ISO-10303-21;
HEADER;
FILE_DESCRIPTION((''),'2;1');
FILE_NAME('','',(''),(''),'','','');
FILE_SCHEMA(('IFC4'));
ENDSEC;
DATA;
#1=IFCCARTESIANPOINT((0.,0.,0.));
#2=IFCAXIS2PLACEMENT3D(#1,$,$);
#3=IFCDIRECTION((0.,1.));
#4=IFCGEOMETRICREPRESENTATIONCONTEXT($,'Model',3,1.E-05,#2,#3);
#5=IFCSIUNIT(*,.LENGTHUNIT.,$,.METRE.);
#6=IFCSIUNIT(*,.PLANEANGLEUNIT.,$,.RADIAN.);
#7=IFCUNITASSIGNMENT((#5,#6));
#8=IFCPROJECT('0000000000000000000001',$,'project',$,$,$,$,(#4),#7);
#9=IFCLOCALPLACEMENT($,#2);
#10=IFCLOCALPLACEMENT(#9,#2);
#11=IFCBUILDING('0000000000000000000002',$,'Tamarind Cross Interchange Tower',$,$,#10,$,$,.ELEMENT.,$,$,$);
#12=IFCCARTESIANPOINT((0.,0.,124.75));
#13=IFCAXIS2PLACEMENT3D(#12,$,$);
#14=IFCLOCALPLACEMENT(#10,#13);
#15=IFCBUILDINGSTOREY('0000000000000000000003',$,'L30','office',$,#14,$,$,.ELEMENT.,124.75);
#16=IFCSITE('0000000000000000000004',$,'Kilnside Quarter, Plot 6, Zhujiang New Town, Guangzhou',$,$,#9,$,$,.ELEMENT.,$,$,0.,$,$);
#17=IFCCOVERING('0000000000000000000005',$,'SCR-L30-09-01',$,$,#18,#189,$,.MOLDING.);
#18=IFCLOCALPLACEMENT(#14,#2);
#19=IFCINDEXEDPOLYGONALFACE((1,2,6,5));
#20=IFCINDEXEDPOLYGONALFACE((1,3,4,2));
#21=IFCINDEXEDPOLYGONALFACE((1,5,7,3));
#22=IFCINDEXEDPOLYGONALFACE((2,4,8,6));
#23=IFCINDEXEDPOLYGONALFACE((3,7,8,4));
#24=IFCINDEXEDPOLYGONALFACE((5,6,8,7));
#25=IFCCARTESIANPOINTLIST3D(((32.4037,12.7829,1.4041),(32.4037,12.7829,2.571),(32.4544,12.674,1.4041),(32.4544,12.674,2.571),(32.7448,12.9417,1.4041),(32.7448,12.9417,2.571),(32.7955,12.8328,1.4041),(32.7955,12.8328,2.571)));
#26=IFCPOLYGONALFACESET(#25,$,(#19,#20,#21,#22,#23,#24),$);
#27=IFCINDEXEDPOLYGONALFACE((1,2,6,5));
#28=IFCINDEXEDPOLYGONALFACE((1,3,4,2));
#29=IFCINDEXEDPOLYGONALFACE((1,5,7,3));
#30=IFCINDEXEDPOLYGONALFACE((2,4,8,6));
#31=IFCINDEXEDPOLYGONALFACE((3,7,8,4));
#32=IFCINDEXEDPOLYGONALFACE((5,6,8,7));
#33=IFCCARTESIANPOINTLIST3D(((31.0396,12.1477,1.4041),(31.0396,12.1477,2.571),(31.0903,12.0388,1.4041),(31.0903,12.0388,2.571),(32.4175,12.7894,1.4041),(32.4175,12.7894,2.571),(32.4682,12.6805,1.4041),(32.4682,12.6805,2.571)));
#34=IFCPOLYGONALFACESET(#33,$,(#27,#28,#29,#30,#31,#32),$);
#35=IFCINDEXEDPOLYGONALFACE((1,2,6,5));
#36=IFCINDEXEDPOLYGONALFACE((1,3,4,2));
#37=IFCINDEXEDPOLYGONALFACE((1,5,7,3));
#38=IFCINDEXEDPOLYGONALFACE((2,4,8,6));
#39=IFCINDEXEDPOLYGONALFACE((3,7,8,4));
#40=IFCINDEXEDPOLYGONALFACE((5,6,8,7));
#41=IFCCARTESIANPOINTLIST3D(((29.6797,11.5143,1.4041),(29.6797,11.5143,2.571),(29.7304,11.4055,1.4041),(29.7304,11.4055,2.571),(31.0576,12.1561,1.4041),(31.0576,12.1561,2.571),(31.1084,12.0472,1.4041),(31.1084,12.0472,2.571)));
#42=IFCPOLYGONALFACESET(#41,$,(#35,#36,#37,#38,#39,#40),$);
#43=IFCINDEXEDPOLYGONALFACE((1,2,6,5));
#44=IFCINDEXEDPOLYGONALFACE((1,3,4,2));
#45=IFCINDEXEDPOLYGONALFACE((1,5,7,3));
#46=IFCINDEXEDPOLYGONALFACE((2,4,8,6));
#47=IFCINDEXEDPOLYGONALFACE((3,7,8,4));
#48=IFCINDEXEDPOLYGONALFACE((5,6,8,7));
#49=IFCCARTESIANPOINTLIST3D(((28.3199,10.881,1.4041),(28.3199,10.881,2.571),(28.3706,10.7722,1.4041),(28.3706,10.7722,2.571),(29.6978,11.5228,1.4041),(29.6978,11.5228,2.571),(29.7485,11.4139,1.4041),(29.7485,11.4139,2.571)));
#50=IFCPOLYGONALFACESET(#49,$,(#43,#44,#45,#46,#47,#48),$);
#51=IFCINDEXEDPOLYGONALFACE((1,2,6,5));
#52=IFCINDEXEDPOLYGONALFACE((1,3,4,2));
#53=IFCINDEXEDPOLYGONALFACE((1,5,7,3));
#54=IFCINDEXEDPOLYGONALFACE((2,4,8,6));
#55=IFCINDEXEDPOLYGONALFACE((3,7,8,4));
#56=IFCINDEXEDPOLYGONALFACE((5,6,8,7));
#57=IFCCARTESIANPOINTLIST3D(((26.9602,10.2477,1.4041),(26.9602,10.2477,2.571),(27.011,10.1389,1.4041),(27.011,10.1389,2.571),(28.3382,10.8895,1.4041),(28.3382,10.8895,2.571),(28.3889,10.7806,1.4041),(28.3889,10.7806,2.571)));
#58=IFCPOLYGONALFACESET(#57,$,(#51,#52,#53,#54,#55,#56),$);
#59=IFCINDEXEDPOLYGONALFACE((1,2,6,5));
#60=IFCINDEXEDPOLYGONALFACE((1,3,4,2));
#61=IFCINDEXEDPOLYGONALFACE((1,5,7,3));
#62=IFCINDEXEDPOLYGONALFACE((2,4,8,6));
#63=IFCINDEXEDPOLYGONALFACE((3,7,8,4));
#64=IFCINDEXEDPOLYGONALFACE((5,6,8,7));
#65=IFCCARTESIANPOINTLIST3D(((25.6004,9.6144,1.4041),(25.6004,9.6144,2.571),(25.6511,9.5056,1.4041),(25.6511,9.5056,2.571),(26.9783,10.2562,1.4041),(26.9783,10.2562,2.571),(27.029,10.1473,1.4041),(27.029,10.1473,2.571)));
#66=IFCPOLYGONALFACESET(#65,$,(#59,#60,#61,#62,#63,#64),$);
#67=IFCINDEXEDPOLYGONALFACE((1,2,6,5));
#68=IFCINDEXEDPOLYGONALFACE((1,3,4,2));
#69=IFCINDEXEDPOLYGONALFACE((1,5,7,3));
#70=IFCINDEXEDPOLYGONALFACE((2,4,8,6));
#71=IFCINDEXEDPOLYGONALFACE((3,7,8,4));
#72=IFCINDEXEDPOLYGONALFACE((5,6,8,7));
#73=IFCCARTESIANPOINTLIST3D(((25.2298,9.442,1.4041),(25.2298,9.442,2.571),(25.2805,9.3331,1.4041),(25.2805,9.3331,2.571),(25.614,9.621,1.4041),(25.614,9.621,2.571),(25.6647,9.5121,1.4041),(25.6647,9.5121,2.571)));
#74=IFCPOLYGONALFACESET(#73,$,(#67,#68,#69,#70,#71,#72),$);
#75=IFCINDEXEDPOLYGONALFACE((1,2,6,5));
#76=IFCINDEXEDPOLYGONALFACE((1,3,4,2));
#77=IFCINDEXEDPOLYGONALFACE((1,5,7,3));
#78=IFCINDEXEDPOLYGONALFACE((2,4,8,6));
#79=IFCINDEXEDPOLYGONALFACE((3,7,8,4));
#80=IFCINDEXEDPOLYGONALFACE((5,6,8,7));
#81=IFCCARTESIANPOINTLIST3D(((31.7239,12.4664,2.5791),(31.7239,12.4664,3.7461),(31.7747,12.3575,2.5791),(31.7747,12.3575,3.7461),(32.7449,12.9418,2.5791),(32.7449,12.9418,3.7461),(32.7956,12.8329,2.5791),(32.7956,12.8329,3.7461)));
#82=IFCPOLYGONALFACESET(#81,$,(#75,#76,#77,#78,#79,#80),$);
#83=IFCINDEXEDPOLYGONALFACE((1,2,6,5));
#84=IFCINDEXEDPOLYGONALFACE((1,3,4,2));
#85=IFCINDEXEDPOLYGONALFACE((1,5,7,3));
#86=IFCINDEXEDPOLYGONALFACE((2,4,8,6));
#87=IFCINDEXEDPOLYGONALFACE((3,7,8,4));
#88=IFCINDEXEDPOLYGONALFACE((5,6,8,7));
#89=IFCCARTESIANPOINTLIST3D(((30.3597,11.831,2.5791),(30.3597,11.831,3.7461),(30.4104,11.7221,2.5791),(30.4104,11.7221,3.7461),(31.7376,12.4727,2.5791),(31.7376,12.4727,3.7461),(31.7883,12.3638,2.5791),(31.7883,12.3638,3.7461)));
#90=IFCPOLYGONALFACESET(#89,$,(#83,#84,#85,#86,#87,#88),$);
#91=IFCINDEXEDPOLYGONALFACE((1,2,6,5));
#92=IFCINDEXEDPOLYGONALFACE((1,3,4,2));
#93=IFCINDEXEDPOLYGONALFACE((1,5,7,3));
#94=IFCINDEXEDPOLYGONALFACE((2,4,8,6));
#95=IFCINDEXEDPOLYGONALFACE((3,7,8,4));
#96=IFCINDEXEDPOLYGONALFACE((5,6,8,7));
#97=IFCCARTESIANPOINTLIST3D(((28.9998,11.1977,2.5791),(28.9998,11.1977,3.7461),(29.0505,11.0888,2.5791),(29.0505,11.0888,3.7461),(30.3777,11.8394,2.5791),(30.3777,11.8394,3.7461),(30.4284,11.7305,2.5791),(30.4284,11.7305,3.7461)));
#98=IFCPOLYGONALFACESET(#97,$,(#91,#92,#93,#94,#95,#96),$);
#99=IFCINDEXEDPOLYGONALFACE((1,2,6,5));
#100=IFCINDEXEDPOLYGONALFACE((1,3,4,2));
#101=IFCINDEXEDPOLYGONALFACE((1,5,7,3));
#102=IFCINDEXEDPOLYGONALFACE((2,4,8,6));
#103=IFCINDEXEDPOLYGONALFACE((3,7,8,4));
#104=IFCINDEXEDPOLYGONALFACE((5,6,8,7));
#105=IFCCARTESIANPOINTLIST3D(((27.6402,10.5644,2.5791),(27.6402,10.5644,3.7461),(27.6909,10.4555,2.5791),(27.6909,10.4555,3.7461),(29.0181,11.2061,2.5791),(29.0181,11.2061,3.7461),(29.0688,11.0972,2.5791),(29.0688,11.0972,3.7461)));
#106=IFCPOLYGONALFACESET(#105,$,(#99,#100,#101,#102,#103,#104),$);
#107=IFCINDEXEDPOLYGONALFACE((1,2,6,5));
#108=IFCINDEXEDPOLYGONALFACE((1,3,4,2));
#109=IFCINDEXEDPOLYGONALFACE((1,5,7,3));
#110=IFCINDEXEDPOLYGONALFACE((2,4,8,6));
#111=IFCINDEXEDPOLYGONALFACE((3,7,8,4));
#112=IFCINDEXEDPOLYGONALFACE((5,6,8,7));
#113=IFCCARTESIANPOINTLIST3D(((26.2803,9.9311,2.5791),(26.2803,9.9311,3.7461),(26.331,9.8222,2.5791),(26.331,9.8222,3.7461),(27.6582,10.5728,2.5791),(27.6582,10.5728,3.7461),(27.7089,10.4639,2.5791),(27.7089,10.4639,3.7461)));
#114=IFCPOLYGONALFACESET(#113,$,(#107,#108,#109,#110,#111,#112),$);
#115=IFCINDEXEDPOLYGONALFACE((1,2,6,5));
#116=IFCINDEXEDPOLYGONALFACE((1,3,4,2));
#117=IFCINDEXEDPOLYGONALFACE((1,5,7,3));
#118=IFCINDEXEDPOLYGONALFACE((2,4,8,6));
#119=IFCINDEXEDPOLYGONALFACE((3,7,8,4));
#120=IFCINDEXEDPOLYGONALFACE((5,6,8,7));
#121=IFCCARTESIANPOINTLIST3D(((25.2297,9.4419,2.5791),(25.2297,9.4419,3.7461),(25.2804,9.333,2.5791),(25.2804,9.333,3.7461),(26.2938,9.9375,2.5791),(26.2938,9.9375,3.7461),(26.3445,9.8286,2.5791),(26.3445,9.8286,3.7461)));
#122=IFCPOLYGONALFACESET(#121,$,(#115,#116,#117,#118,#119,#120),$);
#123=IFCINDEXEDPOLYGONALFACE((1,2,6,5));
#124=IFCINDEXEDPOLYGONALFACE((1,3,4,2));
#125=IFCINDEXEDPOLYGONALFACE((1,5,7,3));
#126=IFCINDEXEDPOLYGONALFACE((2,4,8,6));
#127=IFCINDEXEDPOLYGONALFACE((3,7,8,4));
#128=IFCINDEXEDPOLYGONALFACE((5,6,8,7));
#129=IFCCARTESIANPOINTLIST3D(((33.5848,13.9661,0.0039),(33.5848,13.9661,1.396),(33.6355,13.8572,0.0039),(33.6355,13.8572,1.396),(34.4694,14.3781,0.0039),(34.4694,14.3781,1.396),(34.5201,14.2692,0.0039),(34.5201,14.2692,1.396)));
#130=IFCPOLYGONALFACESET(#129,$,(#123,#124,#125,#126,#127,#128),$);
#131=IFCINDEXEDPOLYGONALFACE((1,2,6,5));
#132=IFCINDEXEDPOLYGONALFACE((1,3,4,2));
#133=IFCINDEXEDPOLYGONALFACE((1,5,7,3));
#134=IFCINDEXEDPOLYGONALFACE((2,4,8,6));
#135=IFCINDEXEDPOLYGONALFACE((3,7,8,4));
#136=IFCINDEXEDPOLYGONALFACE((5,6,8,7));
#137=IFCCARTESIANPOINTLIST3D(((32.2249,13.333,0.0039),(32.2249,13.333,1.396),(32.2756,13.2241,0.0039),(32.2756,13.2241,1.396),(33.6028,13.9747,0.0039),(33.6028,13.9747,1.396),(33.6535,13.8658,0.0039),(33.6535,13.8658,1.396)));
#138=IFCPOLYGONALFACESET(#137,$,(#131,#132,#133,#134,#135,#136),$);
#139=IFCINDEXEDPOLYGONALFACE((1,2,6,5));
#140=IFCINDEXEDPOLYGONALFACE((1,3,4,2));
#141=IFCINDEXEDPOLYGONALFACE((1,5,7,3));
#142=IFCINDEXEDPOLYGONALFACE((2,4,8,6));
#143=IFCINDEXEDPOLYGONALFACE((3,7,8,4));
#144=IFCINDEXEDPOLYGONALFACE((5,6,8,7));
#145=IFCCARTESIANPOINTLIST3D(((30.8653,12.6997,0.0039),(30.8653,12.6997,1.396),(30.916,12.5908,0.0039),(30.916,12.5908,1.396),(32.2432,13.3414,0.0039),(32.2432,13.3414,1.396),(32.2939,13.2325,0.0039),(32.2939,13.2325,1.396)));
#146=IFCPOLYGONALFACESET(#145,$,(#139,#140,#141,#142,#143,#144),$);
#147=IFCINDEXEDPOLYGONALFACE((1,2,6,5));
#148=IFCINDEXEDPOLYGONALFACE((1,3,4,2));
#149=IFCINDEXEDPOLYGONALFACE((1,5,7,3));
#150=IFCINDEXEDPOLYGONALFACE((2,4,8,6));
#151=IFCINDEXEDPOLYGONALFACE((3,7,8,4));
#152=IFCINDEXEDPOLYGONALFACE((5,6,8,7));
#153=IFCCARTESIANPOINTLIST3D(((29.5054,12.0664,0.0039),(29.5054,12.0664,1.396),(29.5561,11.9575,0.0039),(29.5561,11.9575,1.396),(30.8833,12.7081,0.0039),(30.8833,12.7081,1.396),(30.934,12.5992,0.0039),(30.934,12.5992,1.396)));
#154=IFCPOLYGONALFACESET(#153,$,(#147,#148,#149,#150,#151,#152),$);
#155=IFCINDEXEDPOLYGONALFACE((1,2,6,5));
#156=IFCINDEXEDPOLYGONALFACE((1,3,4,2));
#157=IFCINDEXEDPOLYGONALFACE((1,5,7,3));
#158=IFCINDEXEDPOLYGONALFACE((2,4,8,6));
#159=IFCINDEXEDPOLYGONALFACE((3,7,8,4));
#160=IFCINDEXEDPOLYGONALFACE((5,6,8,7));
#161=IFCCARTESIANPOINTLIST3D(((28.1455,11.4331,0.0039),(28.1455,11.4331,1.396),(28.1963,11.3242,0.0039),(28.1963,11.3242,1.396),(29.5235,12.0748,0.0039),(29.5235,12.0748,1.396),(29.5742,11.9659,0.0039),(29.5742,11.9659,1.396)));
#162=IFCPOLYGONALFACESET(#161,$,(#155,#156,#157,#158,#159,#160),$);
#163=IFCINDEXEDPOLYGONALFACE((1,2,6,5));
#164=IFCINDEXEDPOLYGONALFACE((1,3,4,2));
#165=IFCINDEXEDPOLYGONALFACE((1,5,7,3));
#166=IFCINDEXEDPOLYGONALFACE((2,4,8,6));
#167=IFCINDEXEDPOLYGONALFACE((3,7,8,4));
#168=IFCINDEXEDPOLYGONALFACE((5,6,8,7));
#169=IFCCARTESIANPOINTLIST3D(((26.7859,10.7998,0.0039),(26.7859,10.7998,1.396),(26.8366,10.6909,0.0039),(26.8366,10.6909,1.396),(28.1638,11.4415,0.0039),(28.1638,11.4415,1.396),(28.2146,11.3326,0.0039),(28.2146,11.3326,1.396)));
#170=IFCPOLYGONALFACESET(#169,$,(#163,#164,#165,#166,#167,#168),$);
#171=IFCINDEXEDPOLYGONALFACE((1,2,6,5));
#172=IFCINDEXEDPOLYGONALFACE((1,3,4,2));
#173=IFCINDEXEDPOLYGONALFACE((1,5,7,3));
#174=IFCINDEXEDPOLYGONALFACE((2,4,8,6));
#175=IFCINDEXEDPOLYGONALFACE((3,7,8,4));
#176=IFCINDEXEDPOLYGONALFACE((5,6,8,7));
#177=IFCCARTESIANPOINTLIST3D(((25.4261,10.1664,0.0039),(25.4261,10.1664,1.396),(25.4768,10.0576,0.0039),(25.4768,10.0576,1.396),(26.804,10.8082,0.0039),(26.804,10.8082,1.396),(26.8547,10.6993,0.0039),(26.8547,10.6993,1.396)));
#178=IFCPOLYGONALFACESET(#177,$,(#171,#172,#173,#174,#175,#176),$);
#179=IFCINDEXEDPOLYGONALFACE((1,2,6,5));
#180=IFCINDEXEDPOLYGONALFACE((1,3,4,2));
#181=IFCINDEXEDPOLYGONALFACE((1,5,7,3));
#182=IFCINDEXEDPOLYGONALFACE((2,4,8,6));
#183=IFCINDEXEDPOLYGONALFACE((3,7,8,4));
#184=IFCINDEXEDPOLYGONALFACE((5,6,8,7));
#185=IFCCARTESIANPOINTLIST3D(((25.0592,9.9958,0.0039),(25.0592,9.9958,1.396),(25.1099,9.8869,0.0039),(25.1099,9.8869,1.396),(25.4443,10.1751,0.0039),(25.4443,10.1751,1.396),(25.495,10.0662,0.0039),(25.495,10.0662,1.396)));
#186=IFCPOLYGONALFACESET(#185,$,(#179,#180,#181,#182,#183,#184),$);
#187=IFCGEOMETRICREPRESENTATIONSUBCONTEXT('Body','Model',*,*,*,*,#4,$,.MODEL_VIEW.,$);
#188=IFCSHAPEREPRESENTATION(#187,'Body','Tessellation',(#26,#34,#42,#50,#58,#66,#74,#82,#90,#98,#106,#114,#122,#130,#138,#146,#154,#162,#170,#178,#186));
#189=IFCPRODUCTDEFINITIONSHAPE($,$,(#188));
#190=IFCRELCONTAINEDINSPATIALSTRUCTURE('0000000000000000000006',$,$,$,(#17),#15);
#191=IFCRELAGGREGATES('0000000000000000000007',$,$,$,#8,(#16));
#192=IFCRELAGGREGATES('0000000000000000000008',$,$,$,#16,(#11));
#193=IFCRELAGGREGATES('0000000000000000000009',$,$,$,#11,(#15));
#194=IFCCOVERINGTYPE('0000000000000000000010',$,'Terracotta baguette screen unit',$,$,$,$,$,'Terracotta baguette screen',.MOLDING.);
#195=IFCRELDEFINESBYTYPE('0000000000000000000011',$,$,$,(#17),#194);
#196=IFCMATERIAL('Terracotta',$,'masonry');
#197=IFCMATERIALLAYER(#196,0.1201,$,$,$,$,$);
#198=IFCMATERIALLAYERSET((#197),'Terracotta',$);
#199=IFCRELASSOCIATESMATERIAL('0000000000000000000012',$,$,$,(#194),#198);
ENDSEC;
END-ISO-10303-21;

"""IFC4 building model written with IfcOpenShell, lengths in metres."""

from ifc_helpers import new_model, si_unit, direction, frame, origin, origin_2d, place, context, subcontext, project, spatial, rectangle, extrude, material, layer, layer_set, type_object, element, save


model = new_model("IFC4")

# Units and contexts
model_context = context("Model", 3, precision=1e-05, world=origin(), true_north=direction((0.0, 1.0)))
body_context = subcontext(model_context, "Body", "Model", "MODEL_VIEW")
ifc_project = project(units=[si_unit("LENGTHUNIT", "METRE"), si_unit("PLANEANGLEUNIT", "RADIAN")], contexts=[model_context])

# Site, building, storey
site_placement = place(None, origin())
site = spatial("IfcSite", under=ifc_project, at=site_placement, Name="Kilnside Quarter, Plot 6, Zhujiang New Town, Guangzhou", CompositionType="ELEMENT", RefElevation=0.0)
building_placement = place(site_placement, origin())
building = spatial("IfcBuilding", under=site, at=building_placement, Name="Tamarind Cross Interchange Tower", CompositionType="ELEMENT")
storey_placement = place(building_placement, frame((0.0, 0.0, 124.75)))
storey = spatial("IfcBuildingStorey", under=building, at=storey_placement, Name="L30", Description="office", CompositionType="ELEMENT", Elevation=124.75)

# Covering
ifc_material_1 = material(Name="Terracotta", Category="masonry")
ifc_layer_1 = layer(ifc_material_1, 0.1201)
ifc_layer_set_1 = layer_set([ifc_layer_1], Name="Terracotta")
covering_type = type_object("IfcCoveringType", Name="Terracotta baguette screen unit", ElementType="Terracotta baguette screen", PredefinedType="MOLDING", material=ifc_layer_set_1)
covering_1_placement = place(storey_placement, origin())
element("IfcCovering", 1, at=covering_1_placement, inside=storey, type_object=covering_type, Name="SCR-L30-09-01", PredefinedType="MOLDING", context=body_context, shape_type="SweptSolid", body=[
    extrude(rectangle(XDim=0.3762, YDim=0.1201, at=origin_2d()), frame((32.5996, 12.8079, 1.4041), z_axis=(0.0, 0.0, 1.0), x_axis=(-0.906515, -0.422174, 0.0)), (0.0, 0.0, 1.0), 1.167),
    extrude(rectangle(XDim=1.52, YDim=0.1201, at=origin_2d()), frame((31.7539, 12.4141, 1.4041), z_axis=(0.0, 0.0, 1.0), x_axis=(-0.906515, -0.422174, 0.0)), (0.0, 0.0, 1.0), 1.167),
    extrude(rectangle(XDim=1.52, YDim=0.1201, at=origin_2d()), frame((30.394, 11.7808, 1.4041), z_axis=(0.0, 0.0, 1.0), x_axis=(-0.906515, -0.422174, 0.0)), (0.0, 0.0, 1.0), 1.167),
    extrude(rectangle(XDim=1.52, YDim=0.1201, at=origin_2d()), frame((29.0342, 11.1475, 1.4041), z_axis=(0.0, 0.0, 1.0), x_axis=(-0.906515, -0.422174, 0.0)), (0.0, 0.0, 1.0), 1.167),
    extrude(rectangle(XDim=1.52, YDim=0.1201, at=origin_2d()), frame((27.6746, 10.5142, 1.4041), z_axis=(0.0, 0.0, 1.0), x_axis=(-0.906515, -0.422174, 0.0)), (0.0, 0.0, 1.0), 1.167),
    extrude(rectangle(XDim=1.52, YDim=0.1201, at=origin_2d()), frame((26.3147, 9.8809, 1.4041), z_axis=(0.0, 0.0, 1.0), x_axis=(-0.906515, -0.422174, 0.0)), (0.0, 0.0, 1.0), 1.167),
    extrude(rectangle(XDim=0.4238, YDim=0.1201, at=origin_2d()), frame((25.4473, 9.4771, 1.4041), z_axis=(0.0, 0.0, 1.0), x_axis=(-0.906515, -0.422174, 0.0)), (0.0, 0.0, 1.0), 1.167),
    extrude(rectangle(XDim=1.1262, YDim=0.1201, at=origin_2d()), frame((32.2598, 12.6497, 2.5791), z_axis=(0.0, 0.0, 1.0), x_axis=(-0.906515, -0.422174, 0.0)), (0.0, 0.0, 1.0), 1.167),
    extrude(rectangle(XDim=1.52, YDim=0.1201, at=origin_2d()), frame((31.074, 12.0974, 2.5791), z_axis=(0.0, 0.0, 1.0), x_axis=(-0.906515, -0.422174, 0.0)), (0.0, 0.0, 1.0), 1.167),
    extrude(rectangle(XDim=1.52, YDim=0.1201, at=origin_2d()), frame((29.7141, 11.4641, 2.5791), z_axis=(0.0, 0.0, 1.0), x_axis=(-0.906515, -0.422174, 0.0)), (0.0, 0.0, 1.0), 1.167),
    extrude(rectangle(XDim=1.52, YDim=0.1201, at=origin_2d()), frame((28.3545, 10.8308, 2.5791), z_axis=(0.0, 0.0, 1.0), x_axis=(-0.906515, -0.422174, 0.0)), (0.0, 0.0, 1.0), 1.167),
    extrude(rectangle(XDim=1.52, YDim=0.1201, at=origin_2d()), frame((26.9946, 10.1975, 2.5791), z_axis=(0.0, 0.0, 1.0), x_axis=(-0.906515, -0.422174, 0.0)), (0.0, 0.0, 1.0), 1.167),
    extrude(rectangle(XDim=1.1738, YDim=0.1201, at=origin_2d()), frame((25.7871, 9.6353, 2.5791), z_axis=(0.0, 0.0, 1.0), x_axis=(-0.906515, -0.422174, 0.0)), (0.0, 0.0, 1.0), 1.167),
    extrude(rectangle(XDim=0.9758, YDim=0.1201, at=origin_2d()), frame((34.0525, 14.1177, 0.0039), z_axis=(0.0, 0.0, 1.0), x_axis=(-0.906515, -0.422174, 0.0)), (0.0, 0.0, 1.0), 1.3921),
    extrude(rectangle(XDim=1.52, YDim=0.1201, at=origin_2d()), frame((32.9392, 13.5994, 0.0039), z_axis=(0.0, 0.0, 1.0), x_axis=(-0.906515, -0.422174, 0.0)), (0.0, 0.0, 1.0), 1.3921),
    extrude(rectangle(XDim=1.52, YDim=0.1201, at=origin_2d()), frame((31.5796, 12.9661, 0.0039), z_axis=(0.0, 0.0, 1.0), x_axis=(-0.906515, -0.422174, 0.0)), (0.0, 0.0, 1.0), 1.3921),
    extrude(rectangle(XDim=1.52, YDim=0.1201, at=origin_2d()), frame((30.2197, 12.3328, 0.0039), z_axis=(0.0, 0.0, 1.0), x_axis=(-0.906515, -0.422174, 0.0)), (0.0, 0.0, 1.0), 1.3921),
    extrude(rectangle(XDim=1.52, YDim=0.1201, at=origin_2d()), frame((28.8599, 11.6995, 0.0039), z_axis=(0.0, 0.0, 1.0), x_axis=(-0.906515, -0.422174, 0.0)), (0.0, 0.0, 1.0), 1.3921),
    extrude(rectangle(XDim=1.52, YDim=0.1201, at=origin_2d()), frame((27.5002, 11.0662, 0.0039), z_axis=(0.0, 0.0, 1.0), x_axis=(-0.906515, -0.422174, 0.0)), (0.0, 0.0, 1.0), 1.3921),
    extrude(rectangle(XDim=1.52, YDim=0.1201, at=origin_2d()), frame((26.1404, 10.4329, 0.0039), z_axis=(0.0, 0.0, 1.0), x_axis=(-0.906515, -0.422174, 0.0)), (0.0, 0.0, 1.0), 1.3921),
    extrude(rectangle(XDim=0.4248, YDim=0.1201, at=origin_2d()), frame((25.2771, 10.031, 0.0039), z_axis=(0.0, 0.0, 1.0), x_axis=(-0.906515, -0.422174, 0.0)), (0.0, 0.0, 1.0), 1.3921),
])

save(model, "model.ifc")
